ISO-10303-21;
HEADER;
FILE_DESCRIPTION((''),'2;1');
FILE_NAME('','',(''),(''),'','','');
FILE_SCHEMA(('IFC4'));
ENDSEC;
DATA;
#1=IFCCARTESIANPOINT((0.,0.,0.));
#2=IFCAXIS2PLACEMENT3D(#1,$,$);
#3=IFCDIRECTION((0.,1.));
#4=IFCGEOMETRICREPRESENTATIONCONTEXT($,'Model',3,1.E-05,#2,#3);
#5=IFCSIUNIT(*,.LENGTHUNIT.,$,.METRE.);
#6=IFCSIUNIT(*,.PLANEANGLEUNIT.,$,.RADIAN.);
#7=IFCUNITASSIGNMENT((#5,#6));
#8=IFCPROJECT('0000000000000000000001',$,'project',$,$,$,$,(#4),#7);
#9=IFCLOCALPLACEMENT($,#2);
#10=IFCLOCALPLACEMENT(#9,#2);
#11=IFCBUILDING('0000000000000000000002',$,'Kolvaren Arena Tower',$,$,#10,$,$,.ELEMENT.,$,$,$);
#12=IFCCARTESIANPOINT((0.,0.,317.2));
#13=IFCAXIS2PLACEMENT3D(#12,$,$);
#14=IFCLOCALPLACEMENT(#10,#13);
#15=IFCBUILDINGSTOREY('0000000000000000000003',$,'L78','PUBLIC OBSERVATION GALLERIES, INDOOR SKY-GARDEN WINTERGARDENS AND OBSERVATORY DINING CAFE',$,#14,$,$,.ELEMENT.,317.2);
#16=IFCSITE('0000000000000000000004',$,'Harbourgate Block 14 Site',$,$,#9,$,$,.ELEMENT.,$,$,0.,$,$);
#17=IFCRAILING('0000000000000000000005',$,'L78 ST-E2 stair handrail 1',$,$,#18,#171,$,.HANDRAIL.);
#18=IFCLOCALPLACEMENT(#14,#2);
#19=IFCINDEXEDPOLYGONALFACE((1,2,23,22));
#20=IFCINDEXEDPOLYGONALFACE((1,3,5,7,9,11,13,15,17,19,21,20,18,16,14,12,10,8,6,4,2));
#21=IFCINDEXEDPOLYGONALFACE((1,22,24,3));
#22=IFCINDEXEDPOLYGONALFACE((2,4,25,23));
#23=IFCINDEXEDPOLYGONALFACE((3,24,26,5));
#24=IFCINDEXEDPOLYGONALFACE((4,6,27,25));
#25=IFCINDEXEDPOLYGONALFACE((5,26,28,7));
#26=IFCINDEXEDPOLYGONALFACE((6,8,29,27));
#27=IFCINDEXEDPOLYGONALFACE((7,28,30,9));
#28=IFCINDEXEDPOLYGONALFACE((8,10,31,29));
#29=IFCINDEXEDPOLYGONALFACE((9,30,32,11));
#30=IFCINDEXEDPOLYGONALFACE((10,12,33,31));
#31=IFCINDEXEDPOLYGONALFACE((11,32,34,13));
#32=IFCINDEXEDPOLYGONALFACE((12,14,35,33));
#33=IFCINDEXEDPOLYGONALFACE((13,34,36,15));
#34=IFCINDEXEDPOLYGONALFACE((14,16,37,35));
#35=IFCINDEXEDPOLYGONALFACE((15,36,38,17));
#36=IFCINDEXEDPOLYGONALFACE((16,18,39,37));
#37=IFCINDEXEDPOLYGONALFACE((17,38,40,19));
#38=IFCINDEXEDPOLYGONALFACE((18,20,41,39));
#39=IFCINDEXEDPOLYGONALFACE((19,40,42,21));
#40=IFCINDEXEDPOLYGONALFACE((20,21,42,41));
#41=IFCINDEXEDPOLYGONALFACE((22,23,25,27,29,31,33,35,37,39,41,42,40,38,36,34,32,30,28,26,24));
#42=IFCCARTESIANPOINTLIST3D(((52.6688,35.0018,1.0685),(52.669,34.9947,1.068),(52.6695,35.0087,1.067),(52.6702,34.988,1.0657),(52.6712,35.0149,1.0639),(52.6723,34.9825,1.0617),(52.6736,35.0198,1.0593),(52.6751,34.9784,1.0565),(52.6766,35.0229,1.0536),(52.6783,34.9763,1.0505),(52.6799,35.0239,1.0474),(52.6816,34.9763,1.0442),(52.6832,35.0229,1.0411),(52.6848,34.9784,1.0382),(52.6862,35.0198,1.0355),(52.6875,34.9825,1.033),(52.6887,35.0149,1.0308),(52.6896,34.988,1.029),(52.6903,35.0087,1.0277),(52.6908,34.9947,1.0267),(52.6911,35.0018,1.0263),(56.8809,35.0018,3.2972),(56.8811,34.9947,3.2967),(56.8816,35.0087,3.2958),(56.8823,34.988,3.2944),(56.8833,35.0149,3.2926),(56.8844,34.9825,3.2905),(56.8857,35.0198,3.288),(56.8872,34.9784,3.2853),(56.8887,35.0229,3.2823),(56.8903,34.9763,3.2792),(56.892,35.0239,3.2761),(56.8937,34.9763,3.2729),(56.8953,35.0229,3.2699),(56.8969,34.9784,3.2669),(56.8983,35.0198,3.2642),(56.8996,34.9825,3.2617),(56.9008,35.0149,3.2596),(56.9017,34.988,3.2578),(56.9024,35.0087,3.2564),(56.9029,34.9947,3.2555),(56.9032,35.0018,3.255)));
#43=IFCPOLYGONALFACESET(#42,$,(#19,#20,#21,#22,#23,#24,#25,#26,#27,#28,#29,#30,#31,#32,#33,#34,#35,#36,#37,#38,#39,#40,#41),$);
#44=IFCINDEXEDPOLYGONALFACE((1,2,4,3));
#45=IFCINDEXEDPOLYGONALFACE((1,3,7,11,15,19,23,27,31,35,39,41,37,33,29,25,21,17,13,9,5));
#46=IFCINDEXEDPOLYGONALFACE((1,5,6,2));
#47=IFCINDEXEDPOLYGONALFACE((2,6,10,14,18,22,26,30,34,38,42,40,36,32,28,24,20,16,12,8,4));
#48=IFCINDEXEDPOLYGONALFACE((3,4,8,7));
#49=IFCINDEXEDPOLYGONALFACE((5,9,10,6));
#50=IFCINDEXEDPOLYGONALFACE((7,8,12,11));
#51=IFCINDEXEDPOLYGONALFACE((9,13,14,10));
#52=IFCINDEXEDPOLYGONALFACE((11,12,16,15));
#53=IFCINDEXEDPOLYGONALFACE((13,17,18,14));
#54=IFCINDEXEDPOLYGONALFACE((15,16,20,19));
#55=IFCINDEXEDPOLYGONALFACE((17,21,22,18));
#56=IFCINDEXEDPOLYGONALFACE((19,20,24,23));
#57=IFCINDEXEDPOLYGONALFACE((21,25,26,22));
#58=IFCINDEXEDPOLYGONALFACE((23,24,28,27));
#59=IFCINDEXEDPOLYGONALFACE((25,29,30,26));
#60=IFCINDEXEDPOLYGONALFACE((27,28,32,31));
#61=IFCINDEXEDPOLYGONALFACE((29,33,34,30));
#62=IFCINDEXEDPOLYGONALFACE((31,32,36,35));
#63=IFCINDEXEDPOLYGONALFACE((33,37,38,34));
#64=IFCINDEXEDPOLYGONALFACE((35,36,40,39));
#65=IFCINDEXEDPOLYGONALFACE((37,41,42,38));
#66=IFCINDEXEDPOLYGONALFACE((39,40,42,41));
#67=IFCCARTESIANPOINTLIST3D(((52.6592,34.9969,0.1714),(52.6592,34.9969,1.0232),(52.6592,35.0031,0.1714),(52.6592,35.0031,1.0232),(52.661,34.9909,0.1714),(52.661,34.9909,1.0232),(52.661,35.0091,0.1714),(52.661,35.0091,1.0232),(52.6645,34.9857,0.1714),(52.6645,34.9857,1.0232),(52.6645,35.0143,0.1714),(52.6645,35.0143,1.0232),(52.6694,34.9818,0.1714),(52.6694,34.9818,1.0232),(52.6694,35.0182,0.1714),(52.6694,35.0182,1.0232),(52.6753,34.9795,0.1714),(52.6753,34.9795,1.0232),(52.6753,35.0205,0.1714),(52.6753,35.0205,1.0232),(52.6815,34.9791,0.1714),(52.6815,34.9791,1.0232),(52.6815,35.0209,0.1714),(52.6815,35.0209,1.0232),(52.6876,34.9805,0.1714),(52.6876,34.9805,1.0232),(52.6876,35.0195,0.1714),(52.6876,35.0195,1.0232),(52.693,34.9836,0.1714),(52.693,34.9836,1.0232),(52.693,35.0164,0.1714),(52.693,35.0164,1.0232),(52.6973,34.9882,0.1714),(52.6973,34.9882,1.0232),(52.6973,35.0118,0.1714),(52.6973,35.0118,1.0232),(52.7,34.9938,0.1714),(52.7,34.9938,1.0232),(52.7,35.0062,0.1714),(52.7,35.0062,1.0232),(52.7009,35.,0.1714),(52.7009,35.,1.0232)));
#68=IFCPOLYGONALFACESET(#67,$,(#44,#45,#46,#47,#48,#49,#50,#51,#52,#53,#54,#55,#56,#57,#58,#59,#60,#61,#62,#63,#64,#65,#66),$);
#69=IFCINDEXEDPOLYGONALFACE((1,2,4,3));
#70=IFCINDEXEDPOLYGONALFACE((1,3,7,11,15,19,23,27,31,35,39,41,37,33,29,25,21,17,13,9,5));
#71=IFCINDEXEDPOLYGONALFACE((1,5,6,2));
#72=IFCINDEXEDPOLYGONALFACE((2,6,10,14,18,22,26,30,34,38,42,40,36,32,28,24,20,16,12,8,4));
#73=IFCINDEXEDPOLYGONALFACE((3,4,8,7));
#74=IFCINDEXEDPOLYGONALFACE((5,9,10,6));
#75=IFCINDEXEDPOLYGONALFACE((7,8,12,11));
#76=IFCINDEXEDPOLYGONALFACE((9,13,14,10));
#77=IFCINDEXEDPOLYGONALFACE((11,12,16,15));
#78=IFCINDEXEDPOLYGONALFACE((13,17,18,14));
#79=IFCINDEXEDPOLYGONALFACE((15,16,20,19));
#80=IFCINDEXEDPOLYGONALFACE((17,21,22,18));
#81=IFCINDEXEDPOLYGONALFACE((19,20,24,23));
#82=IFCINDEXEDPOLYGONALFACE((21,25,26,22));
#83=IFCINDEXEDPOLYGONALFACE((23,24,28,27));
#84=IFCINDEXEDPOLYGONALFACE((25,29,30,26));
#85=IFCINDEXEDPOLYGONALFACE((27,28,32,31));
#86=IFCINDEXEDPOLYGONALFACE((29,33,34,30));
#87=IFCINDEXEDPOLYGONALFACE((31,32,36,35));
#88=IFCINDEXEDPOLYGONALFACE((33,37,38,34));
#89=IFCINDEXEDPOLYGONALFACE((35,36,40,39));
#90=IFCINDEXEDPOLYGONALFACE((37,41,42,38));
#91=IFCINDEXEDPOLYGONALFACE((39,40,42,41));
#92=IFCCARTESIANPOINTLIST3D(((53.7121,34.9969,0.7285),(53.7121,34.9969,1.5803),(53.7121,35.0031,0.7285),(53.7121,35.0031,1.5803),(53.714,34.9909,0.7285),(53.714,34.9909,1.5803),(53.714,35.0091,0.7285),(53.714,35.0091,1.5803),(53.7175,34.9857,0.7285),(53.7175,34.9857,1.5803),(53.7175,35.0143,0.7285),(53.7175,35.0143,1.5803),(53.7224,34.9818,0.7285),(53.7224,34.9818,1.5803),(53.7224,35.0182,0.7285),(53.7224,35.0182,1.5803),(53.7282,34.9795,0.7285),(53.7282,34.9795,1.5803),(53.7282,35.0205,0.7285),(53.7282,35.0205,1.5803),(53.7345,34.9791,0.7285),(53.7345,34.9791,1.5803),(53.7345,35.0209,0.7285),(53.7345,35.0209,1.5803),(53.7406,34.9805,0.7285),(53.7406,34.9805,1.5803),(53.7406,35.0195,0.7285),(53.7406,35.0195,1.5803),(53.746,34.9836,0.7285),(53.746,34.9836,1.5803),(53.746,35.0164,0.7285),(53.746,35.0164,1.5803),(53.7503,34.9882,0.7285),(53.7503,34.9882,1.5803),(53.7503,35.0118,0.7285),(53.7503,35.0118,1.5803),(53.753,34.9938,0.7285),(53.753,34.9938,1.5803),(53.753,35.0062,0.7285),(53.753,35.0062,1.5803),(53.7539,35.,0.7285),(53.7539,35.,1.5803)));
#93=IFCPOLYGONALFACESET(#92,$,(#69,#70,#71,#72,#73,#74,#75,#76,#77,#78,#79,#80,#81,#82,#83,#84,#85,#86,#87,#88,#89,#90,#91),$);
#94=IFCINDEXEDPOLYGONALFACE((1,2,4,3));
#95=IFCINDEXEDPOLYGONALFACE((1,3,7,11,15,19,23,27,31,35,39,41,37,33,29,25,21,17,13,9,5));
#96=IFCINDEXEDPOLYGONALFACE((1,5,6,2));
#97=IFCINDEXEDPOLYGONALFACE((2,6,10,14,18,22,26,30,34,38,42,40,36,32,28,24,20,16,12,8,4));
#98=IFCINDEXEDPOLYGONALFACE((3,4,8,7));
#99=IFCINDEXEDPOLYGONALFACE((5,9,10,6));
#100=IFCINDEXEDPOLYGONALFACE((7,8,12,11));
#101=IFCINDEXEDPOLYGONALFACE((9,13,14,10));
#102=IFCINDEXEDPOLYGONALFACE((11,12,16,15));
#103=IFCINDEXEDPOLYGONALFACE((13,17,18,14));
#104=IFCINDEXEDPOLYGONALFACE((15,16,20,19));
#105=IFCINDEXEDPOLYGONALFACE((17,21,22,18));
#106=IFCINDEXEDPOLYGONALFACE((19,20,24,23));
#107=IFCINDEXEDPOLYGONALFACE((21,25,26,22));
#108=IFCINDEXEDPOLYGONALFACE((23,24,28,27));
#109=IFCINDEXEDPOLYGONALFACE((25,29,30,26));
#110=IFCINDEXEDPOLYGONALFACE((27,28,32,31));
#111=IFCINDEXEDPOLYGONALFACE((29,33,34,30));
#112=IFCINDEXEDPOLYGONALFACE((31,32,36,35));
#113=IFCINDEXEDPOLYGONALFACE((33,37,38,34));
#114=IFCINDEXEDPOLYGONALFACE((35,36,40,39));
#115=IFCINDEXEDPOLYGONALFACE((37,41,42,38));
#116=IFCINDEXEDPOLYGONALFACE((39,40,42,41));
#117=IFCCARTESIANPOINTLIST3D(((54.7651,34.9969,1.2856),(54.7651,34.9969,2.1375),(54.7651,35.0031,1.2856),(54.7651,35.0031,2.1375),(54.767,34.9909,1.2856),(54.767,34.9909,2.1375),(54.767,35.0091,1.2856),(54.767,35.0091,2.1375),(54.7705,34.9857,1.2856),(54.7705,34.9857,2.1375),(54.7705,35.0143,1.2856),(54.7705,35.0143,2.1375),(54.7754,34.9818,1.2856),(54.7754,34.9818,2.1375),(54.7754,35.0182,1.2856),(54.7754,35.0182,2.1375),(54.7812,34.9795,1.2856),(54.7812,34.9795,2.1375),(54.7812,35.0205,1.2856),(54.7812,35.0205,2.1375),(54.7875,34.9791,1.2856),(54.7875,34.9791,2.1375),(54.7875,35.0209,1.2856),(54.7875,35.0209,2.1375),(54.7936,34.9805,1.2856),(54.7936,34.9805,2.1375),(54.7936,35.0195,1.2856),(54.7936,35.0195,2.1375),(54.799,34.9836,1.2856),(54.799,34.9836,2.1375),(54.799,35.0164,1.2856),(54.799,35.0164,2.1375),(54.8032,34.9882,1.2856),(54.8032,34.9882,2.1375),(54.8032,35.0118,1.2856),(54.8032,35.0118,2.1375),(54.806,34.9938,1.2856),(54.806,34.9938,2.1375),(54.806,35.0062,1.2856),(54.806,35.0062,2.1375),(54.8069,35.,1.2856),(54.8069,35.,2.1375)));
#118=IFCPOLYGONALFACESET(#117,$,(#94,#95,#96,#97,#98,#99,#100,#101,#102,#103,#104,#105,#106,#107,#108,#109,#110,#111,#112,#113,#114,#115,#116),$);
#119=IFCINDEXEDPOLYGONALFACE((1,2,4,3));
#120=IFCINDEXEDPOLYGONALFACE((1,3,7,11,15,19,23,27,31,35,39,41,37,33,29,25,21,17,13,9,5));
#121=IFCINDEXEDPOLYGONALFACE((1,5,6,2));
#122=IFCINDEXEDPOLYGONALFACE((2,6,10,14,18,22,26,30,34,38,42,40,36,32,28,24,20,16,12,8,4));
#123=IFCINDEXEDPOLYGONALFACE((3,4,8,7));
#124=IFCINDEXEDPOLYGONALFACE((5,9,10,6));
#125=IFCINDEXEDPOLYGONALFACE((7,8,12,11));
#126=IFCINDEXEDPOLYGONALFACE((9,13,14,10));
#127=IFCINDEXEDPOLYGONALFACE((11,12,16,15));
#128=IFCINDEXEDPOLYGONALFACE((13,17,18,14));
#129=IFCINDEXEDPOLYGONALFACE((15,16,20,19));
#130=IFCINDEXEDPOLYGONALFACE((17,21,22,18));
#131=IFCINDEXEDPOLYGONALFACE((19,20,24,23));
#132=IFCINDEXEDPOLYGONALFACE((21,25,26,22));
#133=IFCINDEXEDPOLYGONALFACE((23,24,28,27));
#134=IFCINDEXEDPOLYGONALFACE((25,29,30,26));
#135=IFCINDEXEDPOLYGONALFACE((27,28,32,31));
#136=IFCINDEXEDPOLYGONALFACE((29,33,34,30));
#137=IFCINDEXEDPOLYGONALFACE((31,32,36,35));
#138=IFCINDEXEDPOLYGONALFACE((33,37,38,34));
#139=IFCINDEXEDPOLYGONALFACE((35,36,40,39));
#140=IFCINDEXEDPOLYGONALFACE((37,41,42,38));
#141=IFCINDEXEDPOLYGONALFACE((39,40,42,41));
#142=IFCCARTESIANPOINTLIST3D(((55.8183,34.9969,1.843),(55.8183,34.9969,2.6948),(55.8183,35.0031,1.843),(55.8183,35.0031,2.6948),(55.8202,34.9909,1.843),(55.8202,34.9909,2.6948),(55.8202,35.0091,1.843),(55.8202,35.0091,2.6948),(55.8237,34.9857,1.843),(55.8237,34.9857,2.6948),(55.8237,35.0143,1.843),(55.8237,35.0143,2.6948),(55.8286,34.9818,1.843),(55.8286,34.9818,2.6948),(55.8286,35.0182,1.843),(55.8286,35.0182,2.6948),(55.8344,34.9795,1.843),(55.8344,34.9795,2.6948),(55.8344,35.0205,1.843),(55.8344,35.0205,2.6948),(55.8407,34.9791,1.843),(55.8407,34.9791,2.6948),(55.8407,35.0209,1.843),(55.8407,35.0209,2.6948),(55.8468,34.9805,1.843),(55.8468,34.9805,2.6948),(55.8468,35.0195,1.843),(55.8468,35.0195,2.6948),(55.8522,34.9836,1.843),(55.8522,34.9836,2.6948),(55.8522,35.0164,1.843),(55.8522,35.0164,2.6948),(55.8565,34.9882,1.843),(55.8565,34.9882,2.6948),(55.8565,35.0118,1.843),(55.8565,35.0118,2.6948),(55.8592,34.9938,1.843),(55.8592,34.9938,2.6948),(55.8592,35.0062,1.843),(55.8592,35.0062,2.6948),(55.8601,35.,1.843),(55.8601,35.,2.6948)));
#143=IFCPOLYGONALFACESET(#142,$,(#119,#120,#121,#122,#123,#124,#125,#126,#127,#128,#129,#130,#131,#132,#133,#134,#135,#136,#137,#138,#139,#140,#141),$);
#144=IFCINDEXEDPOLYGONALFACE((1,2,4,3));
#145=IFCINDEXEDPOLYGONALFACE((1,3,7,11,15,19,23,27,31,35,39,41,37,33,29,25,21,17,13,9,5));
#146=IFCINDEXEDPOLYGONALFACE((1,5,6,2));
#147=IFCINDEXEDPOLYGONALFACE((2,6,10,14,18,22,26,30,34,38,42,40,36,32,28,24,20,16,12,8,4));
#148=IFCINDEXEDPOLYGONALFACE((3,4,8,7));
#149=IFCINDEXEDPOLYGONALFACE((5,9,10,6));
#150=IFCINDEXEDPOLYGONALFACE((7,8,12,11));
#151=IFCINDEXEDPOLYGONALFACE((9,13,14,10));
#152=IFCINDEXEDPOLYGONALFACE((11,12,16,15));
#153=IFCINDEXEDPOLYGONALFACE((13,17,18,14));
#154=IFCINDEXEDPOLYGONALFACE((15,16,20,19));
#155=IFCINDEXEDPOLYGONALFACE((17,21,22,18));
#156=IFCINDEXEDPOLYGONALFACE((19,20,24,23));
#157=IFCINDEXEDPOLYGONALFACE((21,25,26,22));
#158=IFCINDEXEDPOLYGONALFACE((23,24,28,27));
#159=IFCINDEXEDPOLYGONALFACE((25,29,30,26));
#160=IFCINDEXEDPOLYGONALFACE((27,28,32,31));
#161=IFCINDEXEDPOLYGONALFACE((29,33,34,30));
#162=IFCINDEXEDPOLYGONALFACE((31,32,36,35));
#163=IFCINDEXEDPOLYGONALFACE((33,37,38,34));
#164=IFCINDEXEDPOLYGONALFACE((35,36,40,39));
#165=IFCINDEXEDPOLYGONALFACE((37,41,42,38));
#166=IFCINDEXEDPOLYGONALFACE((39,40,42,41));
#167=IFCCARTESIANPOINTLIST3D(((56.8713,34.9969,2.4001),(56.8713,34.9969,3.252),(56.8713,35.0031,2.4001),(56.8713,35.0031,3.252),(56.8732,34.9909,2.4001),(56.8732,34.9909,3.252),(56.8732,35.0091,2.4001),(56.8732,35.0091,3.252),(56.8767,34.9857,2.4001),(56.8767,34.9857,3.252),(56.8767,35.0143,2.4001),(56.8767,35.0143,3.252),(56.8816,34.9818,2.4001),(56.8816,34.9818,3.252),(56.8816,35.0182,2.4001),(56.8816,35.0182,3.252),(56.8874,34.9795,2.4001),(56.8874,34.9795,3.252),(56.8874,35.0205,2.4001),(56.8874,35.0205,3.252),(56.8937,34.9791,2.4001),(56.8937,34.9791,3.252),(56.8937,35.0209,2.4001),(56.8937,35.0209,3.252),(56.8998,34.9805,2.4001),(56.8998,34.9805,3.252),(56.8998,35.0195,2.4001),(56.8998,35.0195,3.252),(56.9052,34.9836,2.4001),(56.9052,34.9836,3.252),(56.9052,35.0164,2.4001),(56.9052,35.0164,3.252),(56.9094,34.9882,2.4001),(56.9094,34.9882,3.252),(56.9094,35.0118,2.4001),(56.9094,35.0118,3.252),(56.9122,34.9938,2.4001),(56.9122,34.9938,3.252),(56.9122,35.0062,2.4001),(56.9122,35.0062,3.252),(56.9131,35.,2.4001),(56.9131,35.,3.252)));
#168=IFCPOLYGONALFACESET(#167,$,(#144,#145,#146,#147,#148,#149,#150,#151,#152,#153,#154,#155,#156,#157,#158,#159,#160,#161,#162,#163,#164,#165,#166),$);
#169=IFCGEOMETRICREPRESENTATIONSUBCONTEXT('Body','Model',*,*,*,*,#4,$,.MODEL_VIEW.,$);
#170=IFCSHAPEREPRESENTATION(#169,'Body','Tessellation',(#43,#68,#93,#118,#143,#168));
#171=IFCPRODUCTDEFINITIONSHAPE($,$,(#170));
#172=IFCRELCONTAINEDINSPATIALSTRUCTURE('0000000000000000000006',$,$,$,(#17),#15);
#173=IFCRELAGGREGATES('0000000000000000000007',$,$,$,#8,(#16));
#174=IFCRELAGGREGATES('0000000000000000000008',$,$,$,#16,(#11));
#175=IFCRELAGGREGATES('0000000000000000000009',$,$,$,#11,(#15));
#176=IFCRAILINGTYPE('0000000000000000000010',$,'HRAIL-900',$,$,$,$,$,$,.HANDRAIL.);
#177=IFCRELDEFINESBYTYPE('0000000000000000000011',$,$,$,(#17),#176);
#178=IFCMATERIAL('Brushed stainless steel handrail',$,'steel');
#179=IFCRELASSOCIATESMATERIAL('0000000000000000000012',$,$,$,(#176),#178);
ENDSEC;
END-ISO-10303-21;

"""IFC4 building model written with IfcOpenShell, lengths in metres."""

from ifc_helpers import new_model, si_unit, direction, frame, origin, origin_2d, place, context, subcontext, project, spatial, circle, extrude, material, type_object, element, save


model = new_model("IFC4")

# Units and contexts
model_context = context("Model", 3, precision=1e-05, world=origin(), true_north=direction((0.0, 1.0)))
body_context = subcontext(model_context, "Body", "Model", "MODEL_VIEW")
ifc_project = project(units=[si_unit("LENGTHUNIT", "METRE"), si_unit("PLANEANGLEUNIT", "RADIAN")], contexts=[model_context])

# Site, building, storey
site_placement = place(None, origin())
site = spatial("IfcSite", under=ifc_project, at=site_placement, Name="Harbourgate Block 14 Site", CompositionType="ELEMENT", RefElevation=0.0)
building_placement = place(site_placement, origin())
building = spatial("IfcBuilding", under=site, at=building_placement, Name="Kolvaren Arena Tower", CompositionType="ELEMENT")
storey_placement = place(building_placement, frame((0.0, 0.0, 317.2)))
storey = spatial("IfcBuildingStorey", under=building, at=storey_placement, Name="L78", Description="PUBLIC OBSERVATION GALLERIES, INDOOR SKY-GARDEN WINTERGARDENS AND OBSERVATORY DINING CAFE", CompositionType="ELEMENT", Elevation=317.2)

# Railing
ifc_material_1 = material(Name="Brushed stainless steel handrail", Category="steel")
railing_type_1 = type_object("IfcRailingType", Name="HRAIL-900", PredefinedType="HANDRAIL", material=ifc_material_1)
railing_1_placement = place(storey_placement, frame((52.6799, 35.0, 0.1714)))
element("IfcRailing", 1, at=railing_1_placement, inside=storey, type_object=railing_type_1, Name="L78 ST-E2 stair handrail 1", PredefinedType="HANDRAIL", context=body_context, shape_type="SweptSolid", body=[
    extrude(circle(Radius=0.0239, at=origin_2d()), frame((0.0, 0.0, 0.876), z_axis=(0.883893, 0.0, 0.46769), x_axis=(0.0, 1.0, 0.0)), (0.0, 0.0, 1.0), 4.7654),
    extrude(circle(Radius=0.021, at=origin_2d()), origin(), (0.0, 0.0, 1.0), 0.8518),
    extrude(circle(Radius=0.021, at=origin_2d()), frame((1.053, 0.0, 0.5571)), (0.0, 0.0, 1.0), 0.8518),
    extrude(circle(Radius=0.021, at=origin_2d()), frame((2.106, 0.0, 1.1143)), (0.0, 0.0, 1.0), 0.8518),
    extrude(circle(Radius=0.021, at=origin_2d()), frame((3.1592, 0.0, 1.6716)), (0.0, 0.0, 1.0), 0.8518),
    extrude(circle(Radius=0.021, at=origin_2d()), frame((4.2122, 0.0, 2.2288)), (0.0, 0.0, 1.0), 0.8518),
])

save(model, "model.ifc")
